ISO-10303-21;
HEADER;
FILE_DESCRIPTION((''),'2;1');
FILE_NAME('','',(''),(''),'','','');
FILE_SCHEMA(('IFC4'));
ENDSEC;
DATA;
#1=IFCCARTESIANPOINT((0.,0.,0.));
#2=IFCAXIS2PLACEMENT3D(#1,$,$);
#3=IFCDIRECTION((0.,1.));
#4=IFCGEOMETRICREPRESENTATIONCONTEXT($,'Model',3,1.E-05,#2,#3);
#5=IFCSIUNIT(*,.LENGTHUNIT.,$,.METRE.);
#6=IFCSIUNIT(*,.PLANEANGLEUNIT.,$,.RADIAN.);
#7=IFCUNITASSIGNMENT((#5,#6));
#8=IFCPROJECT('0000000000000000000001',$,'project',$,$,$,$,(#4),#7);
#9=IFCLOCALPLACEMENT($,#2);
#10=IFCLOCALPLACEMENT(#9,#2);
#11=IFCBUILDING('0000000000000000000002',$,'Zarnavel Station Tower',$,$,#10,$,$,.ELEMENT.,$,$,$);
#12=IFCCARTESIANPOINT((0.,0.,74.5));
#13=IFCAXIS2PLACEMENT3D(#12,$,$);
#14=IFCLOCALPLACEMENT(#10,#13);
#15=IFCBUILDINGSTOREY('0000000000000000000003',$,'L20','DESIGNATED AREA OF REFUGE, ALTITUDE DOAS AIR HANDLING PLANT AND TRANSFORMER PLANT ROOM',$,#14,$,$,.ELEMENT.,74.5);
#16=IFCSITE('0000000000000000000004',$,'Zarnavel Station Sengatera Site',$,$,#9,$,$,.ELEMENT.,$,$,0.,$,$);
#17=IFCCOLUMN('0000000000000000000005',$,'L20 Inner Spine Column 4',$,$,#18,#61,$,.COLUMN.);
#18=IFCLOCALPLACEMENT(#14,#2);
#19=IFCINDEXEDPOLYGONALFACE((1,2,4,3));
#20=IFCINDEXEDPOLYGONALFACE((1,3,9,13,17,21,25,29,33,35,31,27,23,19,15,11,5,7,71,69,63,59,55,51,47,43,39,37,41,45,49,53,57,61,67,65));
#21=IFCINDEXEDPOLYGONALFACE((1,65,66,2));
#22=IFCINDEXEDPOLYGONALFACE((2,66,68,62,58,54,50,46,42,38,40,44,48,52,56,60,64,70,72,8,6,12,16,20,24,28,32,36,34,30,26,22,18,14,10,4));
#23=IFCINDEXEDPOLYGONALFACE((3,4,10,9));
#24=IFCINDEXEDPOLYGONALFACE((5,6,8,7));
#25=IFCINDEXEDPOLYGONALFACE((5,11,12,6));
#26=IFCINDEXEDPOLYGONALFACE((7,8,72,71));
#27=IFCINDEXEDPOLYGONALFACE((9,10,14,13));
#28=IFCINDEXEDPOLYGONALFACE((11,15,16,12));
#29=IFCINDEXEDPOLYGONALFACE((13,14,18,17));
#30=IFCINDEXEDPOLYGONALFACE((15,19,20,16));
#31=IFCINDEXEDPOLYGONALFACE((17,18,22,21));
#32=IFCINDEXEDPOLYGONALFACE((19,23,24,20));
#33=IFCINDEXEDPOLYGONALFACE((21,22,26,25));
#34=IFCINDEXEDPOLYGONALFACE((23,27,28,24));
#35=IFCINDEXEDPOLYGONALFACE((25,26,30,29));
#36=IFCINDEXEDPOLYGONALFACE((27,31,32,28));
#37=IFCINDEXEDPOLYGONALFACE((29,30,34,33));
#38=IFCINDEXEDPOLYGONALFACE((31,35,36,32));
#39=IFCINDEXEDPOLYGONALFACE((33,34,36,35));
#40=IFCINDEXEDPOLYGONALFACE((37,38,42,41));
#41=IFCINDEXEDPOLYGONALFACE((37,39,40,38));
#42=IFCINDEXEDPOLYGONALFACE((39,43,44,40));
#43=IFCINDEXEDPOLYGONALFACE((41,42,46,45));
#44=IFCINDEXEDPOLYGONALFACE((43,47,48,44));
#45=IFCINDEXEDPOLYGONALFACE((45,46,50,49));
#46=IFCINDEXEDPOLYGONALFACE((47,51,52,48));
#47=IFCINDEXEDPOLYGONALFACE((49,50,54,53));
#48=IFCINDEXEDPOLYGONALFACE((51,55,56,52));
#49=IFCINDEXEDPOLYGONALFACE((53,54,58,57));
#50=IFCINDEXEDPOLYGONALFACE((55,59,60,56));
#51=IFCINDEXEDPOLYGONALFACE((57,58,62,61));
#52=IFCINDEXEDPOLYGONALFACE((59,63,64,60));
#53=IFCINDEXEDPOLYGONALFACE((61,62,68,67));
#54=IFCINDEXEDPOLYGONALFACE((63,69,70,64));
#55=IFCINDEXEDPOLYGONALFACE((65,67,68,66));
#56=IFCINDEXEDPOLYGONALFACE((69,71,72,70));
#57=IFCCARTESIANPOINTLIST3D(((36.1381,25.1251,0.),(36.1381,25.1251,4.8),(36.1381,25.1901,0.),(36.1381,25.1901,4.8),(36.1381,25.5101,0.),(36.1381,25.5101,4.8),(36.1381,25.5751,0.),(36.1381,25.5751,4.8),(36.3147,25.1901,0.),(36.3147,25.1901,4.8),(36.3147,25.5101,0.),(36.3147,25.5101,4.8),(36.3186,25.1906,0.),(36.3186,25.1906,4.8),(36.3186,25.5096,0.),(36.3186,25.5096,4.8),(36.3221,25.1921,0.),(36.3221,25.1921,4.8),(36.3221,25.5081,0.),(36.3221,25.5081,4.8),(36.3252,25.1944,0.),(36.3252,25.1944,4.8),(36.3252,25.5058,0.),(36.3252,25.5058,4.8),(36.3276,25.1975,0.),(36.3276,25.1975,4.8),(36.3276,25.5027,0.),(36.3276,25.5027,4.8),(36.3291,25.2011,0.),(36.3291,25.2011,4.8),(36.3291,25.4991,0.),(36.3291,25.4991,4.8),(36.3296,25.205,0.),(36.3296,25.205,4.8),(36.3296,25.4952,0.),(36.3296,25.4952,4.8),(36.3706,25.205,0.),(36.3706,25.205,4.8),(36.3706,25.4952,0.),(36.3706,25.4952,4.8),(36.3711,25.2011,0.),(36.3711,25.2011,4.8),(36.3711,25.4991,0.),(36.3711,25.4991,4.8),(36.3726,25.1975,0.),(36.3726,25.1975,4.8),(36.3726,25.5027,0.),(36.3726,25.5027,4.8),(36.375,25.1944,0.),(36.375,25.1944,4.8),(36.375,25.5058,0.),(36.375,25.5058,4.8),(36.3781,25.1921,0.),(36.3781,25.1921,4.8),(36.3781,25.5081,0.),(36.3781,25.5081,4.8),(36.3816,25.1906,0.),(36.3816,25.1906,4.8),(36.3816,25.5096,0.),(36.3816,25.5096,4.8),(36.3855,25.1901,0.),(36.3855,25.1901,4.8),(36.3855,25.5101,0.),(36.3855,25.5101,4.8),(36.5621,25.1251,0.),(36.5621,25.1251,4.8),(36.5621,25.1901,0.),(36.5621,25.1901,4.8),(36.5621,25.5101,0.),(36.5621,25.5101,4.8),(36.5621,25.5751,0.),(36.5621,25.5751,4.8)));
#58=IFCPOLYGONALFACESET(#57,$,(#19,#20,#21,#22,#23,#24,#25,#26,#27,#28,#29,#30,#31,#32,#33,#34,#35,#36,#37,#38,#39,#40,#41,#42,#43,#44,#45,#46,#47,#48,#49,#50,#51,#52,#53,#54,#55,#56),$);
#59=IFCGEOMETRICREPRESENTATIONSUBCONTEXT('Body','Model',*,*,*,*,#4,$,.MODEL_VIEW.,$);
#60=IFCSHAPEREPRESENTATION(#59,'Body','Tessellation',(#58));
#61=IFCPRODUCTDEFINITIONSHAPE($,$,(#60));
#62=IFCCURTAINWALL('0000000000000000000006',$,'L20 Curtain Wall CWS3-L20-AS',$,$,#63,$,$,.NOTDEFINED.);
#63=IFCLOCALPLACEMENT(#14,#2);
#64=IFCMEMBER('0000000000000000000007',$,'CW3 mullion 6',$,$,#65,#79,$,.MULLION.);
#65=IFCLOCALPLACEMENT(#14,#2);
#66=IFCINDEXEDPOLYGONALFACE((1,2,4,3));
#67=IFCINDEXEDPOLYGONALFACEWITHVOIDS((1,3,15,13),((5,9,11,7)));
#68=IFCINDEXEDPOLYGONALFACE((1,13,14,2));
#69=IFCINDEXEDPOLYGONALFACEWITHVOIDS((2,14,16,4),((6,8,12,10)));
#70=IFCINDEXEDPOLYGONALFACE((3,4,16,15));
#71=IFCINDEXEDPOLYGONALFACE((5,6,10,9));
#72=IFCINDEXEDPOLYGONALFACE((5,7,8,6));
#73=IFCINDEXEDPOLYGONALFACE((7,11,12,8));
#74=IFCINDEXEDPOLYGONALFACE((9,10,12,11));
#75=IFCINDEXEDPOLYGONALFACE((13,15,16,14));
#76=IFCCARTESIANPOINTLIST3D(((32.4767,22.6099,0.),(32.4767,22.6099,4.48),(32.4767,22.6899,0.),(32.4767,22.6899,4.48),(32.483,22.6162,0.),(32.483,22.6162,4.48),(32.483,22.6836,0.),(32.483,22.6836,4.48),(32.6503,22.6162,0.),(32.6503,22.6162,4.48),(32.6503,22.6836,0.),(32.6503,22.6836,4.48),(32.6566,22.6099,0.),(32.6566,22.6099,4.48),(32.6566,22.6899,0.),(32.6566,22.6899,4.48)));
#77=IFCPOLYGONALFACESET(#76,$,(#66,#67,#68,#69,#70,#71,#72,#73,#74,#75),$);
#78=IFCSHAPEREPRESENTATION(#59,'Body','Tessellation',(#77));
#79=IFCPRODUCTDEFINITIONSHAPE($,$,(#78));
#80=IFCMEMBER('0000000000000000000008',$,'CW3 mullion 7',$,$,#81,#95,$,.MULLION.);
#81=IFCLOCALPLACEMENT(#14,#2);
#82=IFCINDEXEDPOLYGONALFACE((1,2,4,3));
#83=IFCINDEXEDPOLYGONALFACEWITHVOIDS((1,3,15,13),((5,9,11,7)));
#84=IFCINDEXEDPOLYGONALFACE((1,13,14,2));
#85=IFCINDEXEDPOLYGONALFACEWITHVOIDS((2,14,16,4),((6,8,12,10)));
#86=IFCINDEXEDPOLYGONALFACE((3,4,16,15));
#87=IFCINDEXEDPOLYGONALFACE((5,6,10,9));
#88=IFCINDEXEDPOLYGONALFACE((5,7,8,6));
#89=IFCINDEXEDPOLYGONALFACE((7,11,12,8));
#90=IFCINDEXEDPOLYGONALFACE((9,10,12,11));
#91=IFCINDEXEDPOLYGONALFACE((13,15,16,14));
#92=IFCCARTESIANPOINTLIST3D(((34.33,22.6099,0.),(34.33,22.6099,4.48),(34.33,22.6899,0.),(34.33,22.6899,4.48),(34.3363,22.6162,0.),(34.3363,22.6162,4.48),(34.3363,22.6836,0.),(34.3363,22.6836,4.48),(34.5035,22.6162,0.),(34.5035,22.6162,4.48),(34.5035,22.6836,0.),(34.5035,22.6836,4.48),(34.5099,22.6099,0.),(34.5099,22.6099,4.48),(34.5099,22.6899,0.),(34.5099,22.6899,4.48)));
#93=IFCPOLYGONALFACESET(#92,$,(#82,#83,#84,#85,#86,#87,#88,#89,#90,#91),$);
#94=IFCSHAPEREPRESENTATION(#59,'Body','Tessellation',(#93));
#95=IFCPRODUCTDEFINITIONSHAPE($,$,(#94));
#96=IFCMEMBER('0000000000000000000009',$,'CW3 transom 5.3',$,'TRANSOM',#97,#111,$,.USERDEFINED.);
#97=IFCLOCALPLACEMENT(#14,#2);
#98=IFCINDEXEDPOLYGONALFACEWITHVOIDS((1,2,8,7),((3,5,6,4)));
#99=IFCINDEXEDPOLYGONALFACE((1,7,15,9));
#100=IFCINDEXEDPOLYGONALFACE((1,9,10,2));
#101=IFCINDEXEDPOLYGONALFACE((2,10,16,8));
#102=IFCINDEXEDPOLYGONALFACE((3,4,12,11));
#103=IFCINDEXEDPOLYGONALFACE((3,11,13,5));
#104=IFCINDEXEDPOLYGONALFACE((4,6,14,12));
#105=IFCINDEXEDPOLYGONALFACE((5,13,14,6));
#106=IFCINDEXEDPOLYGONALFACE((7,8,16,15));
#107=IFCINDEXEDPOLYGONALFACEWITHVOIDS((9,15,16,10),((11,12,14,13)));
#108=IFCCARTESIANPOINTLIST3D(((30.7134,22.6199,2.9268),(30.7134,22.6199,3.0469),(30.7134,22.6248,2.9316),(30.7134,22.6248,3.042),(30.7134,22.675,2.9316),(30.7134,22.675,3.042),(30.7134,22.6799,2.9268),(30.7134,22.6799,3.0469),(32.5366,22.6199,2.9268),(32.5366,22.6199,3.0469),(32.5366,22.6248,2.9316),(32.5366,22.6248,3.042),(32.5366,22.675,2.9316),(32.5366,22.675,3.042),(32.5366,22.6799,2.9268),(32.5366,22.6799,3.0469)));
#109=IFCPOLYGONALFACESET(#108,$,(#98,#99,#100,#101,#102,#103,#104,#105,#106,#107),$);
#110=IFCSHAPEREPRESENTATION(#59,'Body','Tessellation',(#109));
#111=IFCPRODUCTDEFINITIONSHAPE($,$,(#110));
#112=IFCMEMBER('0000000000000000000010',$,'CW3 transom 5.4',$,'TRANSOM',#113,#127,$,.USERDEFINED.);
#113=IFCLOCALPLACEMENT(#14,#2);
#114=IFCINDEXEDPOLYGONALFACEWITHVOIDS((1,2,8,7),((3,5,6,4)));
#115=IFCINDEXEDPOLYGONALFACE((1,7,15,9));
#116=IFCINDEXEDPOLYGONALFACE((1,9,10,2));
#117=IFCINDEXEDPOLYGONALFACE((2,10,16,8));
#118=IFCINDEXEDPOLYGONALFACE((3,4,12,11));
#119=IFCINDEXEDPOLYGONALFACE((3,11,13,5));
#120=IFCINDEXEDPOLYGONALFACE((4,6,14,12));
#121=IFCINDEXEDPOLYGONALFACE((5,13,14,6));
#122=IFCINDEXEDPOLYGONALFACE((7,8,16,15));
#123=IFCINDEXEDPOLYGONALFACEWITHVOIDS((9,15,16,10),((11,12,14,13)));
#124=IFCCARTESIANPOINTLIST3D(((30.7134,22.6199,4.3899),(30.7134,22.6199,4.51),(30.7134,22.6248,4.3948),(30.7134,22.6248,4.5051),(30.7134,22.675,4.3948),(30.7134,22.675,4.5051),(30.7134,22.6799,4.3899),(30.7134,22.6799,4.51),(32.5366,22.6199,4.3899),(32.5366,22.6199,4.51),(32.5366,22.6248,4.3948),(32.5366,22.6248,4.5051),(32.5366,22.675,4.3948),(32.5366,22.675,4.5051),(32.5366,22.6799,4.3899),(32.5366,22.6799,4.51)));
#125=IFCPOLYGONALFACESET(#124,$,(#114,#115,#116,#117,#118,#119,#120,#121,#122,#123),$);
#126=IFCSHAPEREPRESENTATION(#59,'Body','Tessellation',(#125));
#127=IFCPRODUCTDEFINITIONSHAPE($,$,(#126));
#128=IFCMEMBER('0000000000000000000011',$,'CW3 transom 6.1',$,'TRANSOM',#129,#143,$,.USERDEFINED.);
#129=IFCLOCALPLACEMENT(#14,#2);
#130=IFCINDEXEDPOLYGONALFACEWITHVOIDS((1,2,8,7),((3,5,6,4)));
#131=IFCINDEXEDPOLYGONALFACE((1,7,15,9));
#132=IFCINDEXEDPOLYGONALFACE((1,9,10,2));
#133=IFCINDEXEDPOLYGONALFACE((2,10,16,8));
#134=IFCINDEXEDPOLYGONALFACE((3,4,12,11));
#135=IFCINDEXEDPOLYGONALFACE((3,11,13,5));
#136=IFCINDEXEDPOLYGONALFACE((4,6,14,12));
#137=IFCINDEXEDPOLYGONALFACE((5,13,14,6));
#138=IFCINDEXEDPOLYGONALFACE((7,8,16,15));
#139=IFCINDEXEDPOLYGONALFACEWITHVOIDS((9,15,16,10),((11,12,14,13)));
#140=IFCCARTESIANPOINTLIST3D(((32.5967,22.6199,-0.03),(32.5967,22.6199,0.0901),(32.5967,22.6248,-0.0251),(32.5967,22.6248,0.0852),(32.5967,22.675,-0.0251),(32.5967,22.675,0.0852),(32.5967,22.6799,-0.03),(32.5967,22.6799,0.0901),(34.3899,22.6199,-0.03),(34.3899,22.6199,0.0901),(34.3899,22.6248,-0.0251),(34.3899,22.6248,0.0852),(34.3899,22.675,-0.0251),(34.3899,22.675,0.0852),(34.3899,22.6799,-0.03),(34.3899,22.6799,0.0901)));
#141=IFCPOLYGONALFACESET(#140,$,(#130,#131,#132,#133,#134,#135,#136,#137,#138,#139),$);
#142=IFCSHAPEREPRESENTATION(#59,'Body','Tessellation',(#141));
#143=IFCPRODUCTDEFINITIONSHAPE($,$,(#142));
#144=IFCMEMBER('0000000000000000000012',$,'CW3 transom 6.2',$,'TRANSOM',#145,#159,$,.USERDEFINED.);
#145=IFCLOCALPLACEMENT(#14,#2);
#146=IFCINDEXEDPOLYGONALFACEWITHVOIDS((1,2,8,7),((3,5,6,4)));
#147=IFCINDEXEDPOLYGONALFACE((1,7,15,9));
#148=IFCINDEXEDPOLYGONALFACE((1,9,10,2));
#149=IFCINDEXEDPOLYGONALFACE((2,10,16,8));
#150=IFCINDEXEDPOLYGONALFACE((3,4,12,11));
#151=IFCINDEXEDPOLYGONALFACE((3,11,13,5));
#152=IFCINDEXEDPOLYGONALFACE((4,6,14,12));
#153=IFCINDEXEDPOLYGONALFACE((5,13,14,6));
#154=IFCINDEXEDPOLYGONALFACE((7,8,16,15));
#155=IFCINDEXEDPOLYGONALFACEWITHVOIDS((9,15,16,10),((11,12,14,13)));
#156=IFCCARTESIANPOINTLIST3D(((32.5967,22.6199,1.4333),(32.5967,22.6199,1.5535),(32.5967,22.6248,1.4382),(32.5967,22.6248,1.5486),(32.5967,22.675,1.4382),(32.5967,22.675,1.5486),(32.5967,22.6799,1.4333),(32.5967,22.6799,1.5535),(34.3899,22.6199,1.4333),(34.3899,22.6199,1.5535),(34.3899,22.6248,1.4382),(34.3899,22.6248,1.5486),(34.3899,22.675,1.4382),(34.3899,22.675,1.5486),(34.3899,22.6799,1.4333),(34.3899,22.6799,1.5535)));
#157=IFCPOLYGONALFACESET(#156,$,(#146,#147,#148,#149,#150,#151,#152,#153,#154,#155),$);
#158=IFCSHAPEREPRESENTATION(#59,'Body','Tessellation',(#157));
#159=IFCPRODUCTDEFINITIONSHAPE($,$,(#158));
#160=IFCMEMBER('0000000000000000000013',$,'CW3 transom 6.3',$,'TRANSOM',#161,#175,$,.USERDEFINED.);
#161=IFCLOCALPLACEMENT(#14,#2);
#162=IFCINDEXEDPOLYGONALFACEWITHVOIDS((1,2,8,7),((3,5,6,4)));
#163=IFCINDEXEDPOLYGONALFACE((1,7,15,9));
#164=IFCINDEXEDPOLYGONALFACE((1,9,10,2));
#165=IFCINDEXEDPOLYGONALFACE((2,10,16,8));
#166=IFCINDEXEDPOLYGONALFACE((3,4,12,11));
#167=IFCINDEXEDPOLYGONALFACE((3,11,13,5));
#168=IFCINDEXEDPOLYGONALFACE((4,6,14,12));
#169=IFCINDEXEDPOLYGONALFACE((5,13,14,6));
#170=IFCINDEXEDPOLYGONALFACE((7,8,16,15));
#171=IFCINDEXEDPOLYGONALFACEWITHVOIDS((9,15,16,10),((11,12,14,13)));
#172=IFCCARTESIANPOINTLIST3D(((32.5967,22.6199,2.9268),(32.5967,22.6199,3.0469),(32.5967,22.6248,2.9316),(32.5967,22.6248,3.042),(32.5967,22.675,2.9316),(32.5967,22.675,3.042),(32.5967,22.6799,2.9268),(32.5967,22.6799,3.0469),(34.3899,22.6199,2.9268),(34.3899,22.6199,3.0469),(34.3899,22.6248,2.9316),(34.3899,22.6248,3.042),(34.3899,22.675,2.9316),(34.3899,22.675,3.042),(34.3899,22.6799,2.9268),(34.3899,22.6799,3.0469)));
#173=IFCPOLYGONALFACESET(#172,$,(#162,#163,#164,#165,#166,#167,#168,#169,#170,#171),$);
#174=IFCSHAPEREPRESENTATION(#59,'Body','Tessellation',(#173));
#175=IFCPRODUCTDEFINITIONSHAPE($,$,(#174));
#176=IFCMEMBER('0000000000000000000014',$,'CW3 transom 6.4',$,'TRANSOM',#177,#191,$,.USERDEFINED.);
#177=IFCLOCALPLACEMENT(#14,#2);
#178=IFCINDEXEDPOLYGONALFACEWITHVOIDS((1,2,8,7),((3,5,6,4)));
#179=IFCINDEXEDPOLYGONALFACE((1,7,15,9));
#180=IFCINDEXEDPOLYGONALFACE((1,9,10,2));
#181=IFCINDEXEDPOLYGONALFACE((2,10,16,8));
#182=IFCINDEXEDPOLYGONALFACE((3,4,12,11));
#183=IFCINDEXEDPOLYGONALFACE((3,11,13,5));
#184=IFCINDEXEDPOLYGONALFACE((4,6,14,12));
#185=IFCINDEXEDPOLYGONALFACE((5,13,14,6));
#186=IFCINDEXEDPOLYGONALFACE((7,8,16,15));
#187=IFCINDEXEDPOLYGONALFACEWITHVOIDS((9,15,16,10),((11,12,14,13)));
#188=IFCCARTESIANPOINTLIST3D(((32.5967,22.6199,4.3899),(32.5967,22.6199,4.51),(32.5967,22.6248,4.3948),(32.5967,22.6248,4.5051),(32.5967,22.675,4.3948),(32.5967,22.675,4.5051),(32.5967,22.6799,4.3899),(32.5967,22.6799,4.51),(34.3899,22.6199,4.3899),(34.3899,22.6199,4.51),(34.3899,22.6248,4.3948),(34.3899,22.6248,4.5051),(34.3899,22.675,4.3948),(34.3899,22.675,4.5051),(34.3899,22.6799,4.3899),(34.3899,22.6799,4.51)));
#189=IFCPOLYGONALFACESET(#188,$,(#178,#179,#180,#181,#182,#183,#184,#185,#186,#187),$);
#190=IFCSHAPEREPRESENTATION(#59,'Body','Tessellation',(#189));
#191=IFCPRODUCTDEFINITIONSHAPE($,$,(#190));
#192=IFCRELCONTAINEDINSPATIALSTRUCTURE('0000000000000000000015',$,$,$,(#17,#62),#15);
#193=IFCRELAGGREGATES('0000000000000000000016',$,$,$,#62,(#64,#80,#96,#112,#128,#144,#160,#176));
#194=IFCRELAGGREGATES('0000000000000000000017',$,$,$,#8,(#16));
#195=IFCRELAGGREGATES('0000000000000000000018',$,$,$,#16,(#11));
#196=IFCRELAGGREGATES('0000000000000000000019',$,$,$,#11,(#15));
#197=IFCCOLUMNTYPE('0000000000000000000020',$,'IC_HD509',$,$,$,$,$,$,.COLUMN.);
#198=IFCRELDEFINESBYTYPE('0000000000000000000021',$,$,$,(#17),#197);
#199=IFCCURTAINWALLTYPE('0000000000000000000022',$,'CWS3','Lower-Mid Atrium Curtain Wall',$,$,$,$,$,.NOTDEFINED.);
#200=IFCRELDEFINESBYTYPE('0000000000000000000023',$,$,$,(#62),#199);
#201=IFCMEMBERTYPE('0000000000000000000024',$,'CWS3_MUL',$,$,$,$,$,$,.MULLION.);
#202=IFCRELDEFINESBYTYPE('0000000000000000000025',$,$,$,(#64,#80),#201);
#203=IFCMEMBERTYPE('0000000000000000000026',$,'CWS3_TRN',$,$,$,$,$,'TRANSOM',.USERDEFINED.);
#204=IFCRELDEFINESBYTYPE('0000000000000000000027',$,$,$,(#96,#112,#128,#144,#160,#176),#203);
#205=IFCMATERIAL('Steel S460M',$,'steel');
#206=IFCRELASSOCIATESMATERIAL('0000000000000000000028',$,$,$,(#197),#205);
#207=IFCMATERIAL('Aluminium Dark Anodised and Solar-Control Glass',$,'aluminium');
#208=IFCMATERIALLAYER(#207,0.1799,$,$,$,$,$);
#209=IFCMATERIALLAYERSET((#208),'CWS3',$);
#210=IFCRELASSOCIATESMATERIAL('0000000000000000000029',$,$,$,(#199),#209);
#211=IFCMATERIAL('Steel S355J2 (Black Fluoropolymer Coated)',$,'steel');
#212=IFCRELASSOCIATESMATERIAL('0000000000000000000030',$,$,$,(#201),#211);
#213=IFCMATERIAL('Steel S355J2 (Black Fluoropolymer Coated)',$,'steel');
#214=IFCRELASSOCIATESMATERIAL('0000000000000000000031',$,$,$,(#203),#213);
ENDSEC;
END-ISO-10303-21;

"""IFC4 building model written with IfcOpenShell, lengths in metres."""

from ifc_helpers import new_model, si_unit, direction, frame, origin, origin_2d, place, context, subcontext, project, spatial, hollow_rectangle, i_section, extrude, material, layer, layer_set, material_profile, profile_set, type_object, element, aggregate, save


model = new_model("IFC4")

# Units and contexts
model_context = context("Model", 3, precision=1e-05, world=origin(), true_north=direction((0.0, 1.0)))
body_context = subcontext(model_context, "Body", "Model", "MODEL_VIEW")
ifc_project = project(units=[si_unit("LENGTHUNIT", "METRE"), si_unit("PLANEANGLEUNIT", "RADIAN")], contexts=[model_context])

# Site, building, storey
site_placement = place(None, origin())
site = spatial("IfcSite", under=ifc_project, at=site_placement, Name="Zarnavel Station Sengatera Site", CompositionType="ELEMENT", RefElevation=0.0)
building_placement = place(site_placement, origin())
building = spatial("IfcBuilding", under=site, at=building_placement, Name="Zarnavel Station Tower", CompositionType="ELEMENT")
storey_placement = place(building_placement, frame((0.0, 0.0, 74.5)))
storey = spatial("IfcBuildingStorey", under=building, at=storey_placement, Name="L20", Description="DESIGNATED AREA OF REFUGE, ALTITUDE DOAS AIR HANDLING PLANT AND TRANSFORMER PLANT ROOM", CompositionType="ELEMENT", Elevation=74.5)

# Column
ifc_material_1 = material(Name="Steel S460M", Category="steel")
ifc_material_profile_1 = material_profile(ifc_material_1, i_section(OverallWidth=0.4241, OverallDepth=0.45, WebThickness=0.041, FlangeThickness=0.0649, FilletRadius=0.0149, at=origin_2d()), Name="HD400x509")
ifc_profile_set_1 = profile_set([ifc_material_profile_1], Name="Steel S460M")
column_type = type_object("IfcColumnType", Name="IC_HD509", PredefinedType="COLUMN", material=ifc_profile_set_1)
column_placement = place(storey_placement, frame((36.3501, 25.3501, 0.0), z_axis=(0.0, 0.0, 1.0), x_axis=(1.0, 0.0, 0.0)))
element("IfcColumn", 1, at=column_placement, inside=storey, type_object=column_type, Name="L20 Inner Spine Column 4", PredefinedType="COLUMN", context=body_context, shape_type="SweptSolid", body=[
    extrude(i_section(OverallWidth=0.4241, OverallDepth=0.45, WebThickness=0.041, FlangeThickness=0.0649, FilletRadius=0.0149, at=origin_2d()), origin(), (0.0, 0.0, 1.0), 4.8),
])

# Curtain wall, members
ifc_material_2 = material(Name="Aluminium Dark Anodised and Solar-Control Glass", Category="aluminium")
ifc_layer_1 = layer(ifc_material_2, 0.1799)
ifc_layer_set_1 = layer_set([ifc_layer_1], Name="CWS3")
curtain_wall_type = type_object("IfcCurtainWallType", Name="CWS3", Description="Lower-Mid Atrium Curtain Wall", PredefinedType="NOTDEFINED", material=ifc_layer_set_1)
curtain_wall_placement = place(storey_placement, origin())
curtain_wall = element("IfcCurtainWall", 2, at=curtain_wall_placement, inside=storey, type_object=curtain_wall_type, Name="L20 Curtain Wall CWS3-L20-AS", PredefinedType="NOTDEFINED")
ifc_material_3 = material(Name="Steel S355J2 (Black Fluoropolymer Coated)", Category="steel")
ifc_material_profile_2 = material_profile(ifc_material_3, hollow_rectangle(XDim=0.0801, YDim=0.1799, WallThickness=0.0063, at=origin_2d()), Name="RHS180x80x6.3")
ifc_profile_set_2 = profile_set([ifc_material_profile_2], Name="Steel S355J2 (Black Fluoropolymer Coated)")
member_type_1 = type_object("IfcMemberType", Name="CWS3_MUL", PredefinedType="MULLION", material=ifc_profile_set_2)
member_1_placement = place(storey_placement, frame((32.5667, 22.6499, 0.0), z_axis=(0.0, 0.0, 1.0), x_axis=(0.0, 1.0, 0.0)))
member_1 = element("IfcMember", 3, at=member_1_placement, type_object=member_type_1, Name="CW3 mullion 6", PredefinedType="MULLION", context=body_context, shape_type="SweptSolid", body=[
    extrude(hollow_rectangle(XDim=0.0801, YDim=0.1799, WallThickness=0.0063, at=origin_2d()), origin(), (0.0, 0.0, 1.0), 4.48),
])
member_2_placement = place(storey_placement, frame((34.4199, 22.6499, 0.0), z_axis=(0.0, 0.0, 1.0), x_axis=(0.0, 1.0, 0.0)))
member_2 = element("IfcMember", 4, at=member_2_placement, type_object=member_type_1, Name="CW3 mullion 7", PredefinedType="MULLION", context=body_context, shape_type="SweptSolid", body=[
    extrude(hollow_rectangle(XDim=0.0801, YDim=0.1799, WallThickness=0.0063, at=origin_2d()), origin(), (0.0, 0.0, 1.0), 4.48),
])
ifc_material_4 = material(Name="Steel S355J2 (Black Fluoropolymer Coated)", Category="steel")
ifc_material_profile_3 = material_profile(ifc_material_4, hollow_rectangle(XDim=0.0601, YDim=0.1201, WallThickness=0.0049, at=origin_2d()), Name="RHS120x60x5")
ifc_profile_set_3 = profile_set([ifc_material_profile_3], Name="Steel S355J2 (Black Fluoropolymer Coated)")
member_type_2 = type_object("IfcMemberType", Name="CWS3_TRN", ElementType="TRANSOM", PredefinedType="USERDEFINED", material=ifc_profile_set_3)
member_3_placement = place(storey_placement, frame((30.7134, 22.6499, 2.9868), z_axis=(1.0, 0.0, 0.0), x_axis=(0.0, 1.0, 0.0)))
member_3 = element("IfcMember", 5, at=member_3_placement, type_object=member_type_2, Name="CW3 transom 5.3", ObjectType="TRANSOM", PredefinedType="USERDEFINED", context=body_context, shape_type="SweptSolid", body=[
    extrude(hollow_rectangle(XDim=0.0601, YDim=0.1201, WallThickness=0.0049, at=origin_2d()), origin(), (0.0, 0.0, 1.0), 1.8232),
])
member_4_placement = place(storey_placement, frame((30.7134, 22.6499, 4.45), z_axis=(1.0, 0.0, 0.0), x_axis=(0.0, 1.0, 0.0)))
member_4 = element("IfcMember", 6, at=member_4_placement, type_object=member_type_2, Name="CW3 transom 5.4", ObjectType="TRANSOM", PredefinedType="USERDEFINED", context=body_context, shape_type="SweptSolid", body=[
    extrude(hollow_rectangle(XDim=0.0601, YDim=0.1201, WallThickness=0.0049, at=origin_2d()), origin(), (0.0, 0.0, 1.0), 1.8232),
])
member_5_placement = place(storey_placement, frame((32.5967, 22.6499, 0.03), z_axis=(1.0, 0.0, 0.0), x_axis=(0.0, 1.0, 0.0)))
member_5 = element("IfcMember", 7, at=member_5_placement, type_object=member_type_2, Name="CW3 transom 6.1", ObjectType="TRANSOM", PredefinedType="USERDEFINED", context=body_context, shape_type="SweptSolid", body=[
    extrude(hollow_rectangle(XDim=0.0601, YDim=0.1201, WallThickness=0.0049, at=origin_2d()), origin(), (0.0, 0.0, 1.0), 1.7932),
])
member_6_placement = place(storey_placement, frame((32.5967, 22.6499, 1.4934), z_axis=(1.0, 0.0, 0.0), x_axis=(0.0, 1.0, 0.0)))
member_6 = element("IfcMember", 8, at=member_6_placement, type_object=member_type_2, Name="CW3 transom 6.2", ObjectType="TRANSOM", PredefinedType="USERDEFINED", context=body_context, shape_type="SweptSolid", body=[
    extrude(hollow_rectangle(XDim=0.0601, YDim=0.1201, WallThickness=0.0049, at=origin_2d()), origin(), (0.0, 0.0, 1.0), 1.7932),
])
member_7_placement = place(storey_placement, frame((32.5967, 22.6499, 2.9868), z_axis=(1.0, 0.0, 0.0), x_axis=(0.0, 1.0, 0.0)))
member_7 = element("IfcMember", 9, at=member_7_placement, type_object=member_type_2, Name="CW3 transom 6.3", ObjectType="TRANSOM", PredefinedType="USERDEFINED", context=body_context, shape_type="SweptSolid", body=[
    extrude(hollow_rectangle(XDim=0.0601, YDim=0.1201, WallThickness=0.0049, at=origin_2d()), origin(), (0.0, 0.0, 1.0), 1.7932),
])
member_8_placement = place(storey_placement, frame((32.5967, 22.6499, 4.45), z_axis=(1.0, 0.0, 0.0), x_axis=(0.0, 1.0, 0.0)))
member_8 = element("IfcMember", 10, at=member_8_placement, type_object=member_type_2, Name="CW3 transom 6.4", ObjectType="TRANSOM", PredefinedType="USERDEFINED", context=body_context, shape_type="SweptSolid", body=[
    extrude(hollow_rectangle(XDim=0.0601, YDim=0.1201, WallThickness=0.0049, at=origin_2d()), origin(), (0.0, 0.0, 1.0), 1.7932),
])

aggregate(curtain_wall, [member_1, member_2, member_3, member_4, member_5, member_6, member_7, member_8])

save(model, "model.ifc")
